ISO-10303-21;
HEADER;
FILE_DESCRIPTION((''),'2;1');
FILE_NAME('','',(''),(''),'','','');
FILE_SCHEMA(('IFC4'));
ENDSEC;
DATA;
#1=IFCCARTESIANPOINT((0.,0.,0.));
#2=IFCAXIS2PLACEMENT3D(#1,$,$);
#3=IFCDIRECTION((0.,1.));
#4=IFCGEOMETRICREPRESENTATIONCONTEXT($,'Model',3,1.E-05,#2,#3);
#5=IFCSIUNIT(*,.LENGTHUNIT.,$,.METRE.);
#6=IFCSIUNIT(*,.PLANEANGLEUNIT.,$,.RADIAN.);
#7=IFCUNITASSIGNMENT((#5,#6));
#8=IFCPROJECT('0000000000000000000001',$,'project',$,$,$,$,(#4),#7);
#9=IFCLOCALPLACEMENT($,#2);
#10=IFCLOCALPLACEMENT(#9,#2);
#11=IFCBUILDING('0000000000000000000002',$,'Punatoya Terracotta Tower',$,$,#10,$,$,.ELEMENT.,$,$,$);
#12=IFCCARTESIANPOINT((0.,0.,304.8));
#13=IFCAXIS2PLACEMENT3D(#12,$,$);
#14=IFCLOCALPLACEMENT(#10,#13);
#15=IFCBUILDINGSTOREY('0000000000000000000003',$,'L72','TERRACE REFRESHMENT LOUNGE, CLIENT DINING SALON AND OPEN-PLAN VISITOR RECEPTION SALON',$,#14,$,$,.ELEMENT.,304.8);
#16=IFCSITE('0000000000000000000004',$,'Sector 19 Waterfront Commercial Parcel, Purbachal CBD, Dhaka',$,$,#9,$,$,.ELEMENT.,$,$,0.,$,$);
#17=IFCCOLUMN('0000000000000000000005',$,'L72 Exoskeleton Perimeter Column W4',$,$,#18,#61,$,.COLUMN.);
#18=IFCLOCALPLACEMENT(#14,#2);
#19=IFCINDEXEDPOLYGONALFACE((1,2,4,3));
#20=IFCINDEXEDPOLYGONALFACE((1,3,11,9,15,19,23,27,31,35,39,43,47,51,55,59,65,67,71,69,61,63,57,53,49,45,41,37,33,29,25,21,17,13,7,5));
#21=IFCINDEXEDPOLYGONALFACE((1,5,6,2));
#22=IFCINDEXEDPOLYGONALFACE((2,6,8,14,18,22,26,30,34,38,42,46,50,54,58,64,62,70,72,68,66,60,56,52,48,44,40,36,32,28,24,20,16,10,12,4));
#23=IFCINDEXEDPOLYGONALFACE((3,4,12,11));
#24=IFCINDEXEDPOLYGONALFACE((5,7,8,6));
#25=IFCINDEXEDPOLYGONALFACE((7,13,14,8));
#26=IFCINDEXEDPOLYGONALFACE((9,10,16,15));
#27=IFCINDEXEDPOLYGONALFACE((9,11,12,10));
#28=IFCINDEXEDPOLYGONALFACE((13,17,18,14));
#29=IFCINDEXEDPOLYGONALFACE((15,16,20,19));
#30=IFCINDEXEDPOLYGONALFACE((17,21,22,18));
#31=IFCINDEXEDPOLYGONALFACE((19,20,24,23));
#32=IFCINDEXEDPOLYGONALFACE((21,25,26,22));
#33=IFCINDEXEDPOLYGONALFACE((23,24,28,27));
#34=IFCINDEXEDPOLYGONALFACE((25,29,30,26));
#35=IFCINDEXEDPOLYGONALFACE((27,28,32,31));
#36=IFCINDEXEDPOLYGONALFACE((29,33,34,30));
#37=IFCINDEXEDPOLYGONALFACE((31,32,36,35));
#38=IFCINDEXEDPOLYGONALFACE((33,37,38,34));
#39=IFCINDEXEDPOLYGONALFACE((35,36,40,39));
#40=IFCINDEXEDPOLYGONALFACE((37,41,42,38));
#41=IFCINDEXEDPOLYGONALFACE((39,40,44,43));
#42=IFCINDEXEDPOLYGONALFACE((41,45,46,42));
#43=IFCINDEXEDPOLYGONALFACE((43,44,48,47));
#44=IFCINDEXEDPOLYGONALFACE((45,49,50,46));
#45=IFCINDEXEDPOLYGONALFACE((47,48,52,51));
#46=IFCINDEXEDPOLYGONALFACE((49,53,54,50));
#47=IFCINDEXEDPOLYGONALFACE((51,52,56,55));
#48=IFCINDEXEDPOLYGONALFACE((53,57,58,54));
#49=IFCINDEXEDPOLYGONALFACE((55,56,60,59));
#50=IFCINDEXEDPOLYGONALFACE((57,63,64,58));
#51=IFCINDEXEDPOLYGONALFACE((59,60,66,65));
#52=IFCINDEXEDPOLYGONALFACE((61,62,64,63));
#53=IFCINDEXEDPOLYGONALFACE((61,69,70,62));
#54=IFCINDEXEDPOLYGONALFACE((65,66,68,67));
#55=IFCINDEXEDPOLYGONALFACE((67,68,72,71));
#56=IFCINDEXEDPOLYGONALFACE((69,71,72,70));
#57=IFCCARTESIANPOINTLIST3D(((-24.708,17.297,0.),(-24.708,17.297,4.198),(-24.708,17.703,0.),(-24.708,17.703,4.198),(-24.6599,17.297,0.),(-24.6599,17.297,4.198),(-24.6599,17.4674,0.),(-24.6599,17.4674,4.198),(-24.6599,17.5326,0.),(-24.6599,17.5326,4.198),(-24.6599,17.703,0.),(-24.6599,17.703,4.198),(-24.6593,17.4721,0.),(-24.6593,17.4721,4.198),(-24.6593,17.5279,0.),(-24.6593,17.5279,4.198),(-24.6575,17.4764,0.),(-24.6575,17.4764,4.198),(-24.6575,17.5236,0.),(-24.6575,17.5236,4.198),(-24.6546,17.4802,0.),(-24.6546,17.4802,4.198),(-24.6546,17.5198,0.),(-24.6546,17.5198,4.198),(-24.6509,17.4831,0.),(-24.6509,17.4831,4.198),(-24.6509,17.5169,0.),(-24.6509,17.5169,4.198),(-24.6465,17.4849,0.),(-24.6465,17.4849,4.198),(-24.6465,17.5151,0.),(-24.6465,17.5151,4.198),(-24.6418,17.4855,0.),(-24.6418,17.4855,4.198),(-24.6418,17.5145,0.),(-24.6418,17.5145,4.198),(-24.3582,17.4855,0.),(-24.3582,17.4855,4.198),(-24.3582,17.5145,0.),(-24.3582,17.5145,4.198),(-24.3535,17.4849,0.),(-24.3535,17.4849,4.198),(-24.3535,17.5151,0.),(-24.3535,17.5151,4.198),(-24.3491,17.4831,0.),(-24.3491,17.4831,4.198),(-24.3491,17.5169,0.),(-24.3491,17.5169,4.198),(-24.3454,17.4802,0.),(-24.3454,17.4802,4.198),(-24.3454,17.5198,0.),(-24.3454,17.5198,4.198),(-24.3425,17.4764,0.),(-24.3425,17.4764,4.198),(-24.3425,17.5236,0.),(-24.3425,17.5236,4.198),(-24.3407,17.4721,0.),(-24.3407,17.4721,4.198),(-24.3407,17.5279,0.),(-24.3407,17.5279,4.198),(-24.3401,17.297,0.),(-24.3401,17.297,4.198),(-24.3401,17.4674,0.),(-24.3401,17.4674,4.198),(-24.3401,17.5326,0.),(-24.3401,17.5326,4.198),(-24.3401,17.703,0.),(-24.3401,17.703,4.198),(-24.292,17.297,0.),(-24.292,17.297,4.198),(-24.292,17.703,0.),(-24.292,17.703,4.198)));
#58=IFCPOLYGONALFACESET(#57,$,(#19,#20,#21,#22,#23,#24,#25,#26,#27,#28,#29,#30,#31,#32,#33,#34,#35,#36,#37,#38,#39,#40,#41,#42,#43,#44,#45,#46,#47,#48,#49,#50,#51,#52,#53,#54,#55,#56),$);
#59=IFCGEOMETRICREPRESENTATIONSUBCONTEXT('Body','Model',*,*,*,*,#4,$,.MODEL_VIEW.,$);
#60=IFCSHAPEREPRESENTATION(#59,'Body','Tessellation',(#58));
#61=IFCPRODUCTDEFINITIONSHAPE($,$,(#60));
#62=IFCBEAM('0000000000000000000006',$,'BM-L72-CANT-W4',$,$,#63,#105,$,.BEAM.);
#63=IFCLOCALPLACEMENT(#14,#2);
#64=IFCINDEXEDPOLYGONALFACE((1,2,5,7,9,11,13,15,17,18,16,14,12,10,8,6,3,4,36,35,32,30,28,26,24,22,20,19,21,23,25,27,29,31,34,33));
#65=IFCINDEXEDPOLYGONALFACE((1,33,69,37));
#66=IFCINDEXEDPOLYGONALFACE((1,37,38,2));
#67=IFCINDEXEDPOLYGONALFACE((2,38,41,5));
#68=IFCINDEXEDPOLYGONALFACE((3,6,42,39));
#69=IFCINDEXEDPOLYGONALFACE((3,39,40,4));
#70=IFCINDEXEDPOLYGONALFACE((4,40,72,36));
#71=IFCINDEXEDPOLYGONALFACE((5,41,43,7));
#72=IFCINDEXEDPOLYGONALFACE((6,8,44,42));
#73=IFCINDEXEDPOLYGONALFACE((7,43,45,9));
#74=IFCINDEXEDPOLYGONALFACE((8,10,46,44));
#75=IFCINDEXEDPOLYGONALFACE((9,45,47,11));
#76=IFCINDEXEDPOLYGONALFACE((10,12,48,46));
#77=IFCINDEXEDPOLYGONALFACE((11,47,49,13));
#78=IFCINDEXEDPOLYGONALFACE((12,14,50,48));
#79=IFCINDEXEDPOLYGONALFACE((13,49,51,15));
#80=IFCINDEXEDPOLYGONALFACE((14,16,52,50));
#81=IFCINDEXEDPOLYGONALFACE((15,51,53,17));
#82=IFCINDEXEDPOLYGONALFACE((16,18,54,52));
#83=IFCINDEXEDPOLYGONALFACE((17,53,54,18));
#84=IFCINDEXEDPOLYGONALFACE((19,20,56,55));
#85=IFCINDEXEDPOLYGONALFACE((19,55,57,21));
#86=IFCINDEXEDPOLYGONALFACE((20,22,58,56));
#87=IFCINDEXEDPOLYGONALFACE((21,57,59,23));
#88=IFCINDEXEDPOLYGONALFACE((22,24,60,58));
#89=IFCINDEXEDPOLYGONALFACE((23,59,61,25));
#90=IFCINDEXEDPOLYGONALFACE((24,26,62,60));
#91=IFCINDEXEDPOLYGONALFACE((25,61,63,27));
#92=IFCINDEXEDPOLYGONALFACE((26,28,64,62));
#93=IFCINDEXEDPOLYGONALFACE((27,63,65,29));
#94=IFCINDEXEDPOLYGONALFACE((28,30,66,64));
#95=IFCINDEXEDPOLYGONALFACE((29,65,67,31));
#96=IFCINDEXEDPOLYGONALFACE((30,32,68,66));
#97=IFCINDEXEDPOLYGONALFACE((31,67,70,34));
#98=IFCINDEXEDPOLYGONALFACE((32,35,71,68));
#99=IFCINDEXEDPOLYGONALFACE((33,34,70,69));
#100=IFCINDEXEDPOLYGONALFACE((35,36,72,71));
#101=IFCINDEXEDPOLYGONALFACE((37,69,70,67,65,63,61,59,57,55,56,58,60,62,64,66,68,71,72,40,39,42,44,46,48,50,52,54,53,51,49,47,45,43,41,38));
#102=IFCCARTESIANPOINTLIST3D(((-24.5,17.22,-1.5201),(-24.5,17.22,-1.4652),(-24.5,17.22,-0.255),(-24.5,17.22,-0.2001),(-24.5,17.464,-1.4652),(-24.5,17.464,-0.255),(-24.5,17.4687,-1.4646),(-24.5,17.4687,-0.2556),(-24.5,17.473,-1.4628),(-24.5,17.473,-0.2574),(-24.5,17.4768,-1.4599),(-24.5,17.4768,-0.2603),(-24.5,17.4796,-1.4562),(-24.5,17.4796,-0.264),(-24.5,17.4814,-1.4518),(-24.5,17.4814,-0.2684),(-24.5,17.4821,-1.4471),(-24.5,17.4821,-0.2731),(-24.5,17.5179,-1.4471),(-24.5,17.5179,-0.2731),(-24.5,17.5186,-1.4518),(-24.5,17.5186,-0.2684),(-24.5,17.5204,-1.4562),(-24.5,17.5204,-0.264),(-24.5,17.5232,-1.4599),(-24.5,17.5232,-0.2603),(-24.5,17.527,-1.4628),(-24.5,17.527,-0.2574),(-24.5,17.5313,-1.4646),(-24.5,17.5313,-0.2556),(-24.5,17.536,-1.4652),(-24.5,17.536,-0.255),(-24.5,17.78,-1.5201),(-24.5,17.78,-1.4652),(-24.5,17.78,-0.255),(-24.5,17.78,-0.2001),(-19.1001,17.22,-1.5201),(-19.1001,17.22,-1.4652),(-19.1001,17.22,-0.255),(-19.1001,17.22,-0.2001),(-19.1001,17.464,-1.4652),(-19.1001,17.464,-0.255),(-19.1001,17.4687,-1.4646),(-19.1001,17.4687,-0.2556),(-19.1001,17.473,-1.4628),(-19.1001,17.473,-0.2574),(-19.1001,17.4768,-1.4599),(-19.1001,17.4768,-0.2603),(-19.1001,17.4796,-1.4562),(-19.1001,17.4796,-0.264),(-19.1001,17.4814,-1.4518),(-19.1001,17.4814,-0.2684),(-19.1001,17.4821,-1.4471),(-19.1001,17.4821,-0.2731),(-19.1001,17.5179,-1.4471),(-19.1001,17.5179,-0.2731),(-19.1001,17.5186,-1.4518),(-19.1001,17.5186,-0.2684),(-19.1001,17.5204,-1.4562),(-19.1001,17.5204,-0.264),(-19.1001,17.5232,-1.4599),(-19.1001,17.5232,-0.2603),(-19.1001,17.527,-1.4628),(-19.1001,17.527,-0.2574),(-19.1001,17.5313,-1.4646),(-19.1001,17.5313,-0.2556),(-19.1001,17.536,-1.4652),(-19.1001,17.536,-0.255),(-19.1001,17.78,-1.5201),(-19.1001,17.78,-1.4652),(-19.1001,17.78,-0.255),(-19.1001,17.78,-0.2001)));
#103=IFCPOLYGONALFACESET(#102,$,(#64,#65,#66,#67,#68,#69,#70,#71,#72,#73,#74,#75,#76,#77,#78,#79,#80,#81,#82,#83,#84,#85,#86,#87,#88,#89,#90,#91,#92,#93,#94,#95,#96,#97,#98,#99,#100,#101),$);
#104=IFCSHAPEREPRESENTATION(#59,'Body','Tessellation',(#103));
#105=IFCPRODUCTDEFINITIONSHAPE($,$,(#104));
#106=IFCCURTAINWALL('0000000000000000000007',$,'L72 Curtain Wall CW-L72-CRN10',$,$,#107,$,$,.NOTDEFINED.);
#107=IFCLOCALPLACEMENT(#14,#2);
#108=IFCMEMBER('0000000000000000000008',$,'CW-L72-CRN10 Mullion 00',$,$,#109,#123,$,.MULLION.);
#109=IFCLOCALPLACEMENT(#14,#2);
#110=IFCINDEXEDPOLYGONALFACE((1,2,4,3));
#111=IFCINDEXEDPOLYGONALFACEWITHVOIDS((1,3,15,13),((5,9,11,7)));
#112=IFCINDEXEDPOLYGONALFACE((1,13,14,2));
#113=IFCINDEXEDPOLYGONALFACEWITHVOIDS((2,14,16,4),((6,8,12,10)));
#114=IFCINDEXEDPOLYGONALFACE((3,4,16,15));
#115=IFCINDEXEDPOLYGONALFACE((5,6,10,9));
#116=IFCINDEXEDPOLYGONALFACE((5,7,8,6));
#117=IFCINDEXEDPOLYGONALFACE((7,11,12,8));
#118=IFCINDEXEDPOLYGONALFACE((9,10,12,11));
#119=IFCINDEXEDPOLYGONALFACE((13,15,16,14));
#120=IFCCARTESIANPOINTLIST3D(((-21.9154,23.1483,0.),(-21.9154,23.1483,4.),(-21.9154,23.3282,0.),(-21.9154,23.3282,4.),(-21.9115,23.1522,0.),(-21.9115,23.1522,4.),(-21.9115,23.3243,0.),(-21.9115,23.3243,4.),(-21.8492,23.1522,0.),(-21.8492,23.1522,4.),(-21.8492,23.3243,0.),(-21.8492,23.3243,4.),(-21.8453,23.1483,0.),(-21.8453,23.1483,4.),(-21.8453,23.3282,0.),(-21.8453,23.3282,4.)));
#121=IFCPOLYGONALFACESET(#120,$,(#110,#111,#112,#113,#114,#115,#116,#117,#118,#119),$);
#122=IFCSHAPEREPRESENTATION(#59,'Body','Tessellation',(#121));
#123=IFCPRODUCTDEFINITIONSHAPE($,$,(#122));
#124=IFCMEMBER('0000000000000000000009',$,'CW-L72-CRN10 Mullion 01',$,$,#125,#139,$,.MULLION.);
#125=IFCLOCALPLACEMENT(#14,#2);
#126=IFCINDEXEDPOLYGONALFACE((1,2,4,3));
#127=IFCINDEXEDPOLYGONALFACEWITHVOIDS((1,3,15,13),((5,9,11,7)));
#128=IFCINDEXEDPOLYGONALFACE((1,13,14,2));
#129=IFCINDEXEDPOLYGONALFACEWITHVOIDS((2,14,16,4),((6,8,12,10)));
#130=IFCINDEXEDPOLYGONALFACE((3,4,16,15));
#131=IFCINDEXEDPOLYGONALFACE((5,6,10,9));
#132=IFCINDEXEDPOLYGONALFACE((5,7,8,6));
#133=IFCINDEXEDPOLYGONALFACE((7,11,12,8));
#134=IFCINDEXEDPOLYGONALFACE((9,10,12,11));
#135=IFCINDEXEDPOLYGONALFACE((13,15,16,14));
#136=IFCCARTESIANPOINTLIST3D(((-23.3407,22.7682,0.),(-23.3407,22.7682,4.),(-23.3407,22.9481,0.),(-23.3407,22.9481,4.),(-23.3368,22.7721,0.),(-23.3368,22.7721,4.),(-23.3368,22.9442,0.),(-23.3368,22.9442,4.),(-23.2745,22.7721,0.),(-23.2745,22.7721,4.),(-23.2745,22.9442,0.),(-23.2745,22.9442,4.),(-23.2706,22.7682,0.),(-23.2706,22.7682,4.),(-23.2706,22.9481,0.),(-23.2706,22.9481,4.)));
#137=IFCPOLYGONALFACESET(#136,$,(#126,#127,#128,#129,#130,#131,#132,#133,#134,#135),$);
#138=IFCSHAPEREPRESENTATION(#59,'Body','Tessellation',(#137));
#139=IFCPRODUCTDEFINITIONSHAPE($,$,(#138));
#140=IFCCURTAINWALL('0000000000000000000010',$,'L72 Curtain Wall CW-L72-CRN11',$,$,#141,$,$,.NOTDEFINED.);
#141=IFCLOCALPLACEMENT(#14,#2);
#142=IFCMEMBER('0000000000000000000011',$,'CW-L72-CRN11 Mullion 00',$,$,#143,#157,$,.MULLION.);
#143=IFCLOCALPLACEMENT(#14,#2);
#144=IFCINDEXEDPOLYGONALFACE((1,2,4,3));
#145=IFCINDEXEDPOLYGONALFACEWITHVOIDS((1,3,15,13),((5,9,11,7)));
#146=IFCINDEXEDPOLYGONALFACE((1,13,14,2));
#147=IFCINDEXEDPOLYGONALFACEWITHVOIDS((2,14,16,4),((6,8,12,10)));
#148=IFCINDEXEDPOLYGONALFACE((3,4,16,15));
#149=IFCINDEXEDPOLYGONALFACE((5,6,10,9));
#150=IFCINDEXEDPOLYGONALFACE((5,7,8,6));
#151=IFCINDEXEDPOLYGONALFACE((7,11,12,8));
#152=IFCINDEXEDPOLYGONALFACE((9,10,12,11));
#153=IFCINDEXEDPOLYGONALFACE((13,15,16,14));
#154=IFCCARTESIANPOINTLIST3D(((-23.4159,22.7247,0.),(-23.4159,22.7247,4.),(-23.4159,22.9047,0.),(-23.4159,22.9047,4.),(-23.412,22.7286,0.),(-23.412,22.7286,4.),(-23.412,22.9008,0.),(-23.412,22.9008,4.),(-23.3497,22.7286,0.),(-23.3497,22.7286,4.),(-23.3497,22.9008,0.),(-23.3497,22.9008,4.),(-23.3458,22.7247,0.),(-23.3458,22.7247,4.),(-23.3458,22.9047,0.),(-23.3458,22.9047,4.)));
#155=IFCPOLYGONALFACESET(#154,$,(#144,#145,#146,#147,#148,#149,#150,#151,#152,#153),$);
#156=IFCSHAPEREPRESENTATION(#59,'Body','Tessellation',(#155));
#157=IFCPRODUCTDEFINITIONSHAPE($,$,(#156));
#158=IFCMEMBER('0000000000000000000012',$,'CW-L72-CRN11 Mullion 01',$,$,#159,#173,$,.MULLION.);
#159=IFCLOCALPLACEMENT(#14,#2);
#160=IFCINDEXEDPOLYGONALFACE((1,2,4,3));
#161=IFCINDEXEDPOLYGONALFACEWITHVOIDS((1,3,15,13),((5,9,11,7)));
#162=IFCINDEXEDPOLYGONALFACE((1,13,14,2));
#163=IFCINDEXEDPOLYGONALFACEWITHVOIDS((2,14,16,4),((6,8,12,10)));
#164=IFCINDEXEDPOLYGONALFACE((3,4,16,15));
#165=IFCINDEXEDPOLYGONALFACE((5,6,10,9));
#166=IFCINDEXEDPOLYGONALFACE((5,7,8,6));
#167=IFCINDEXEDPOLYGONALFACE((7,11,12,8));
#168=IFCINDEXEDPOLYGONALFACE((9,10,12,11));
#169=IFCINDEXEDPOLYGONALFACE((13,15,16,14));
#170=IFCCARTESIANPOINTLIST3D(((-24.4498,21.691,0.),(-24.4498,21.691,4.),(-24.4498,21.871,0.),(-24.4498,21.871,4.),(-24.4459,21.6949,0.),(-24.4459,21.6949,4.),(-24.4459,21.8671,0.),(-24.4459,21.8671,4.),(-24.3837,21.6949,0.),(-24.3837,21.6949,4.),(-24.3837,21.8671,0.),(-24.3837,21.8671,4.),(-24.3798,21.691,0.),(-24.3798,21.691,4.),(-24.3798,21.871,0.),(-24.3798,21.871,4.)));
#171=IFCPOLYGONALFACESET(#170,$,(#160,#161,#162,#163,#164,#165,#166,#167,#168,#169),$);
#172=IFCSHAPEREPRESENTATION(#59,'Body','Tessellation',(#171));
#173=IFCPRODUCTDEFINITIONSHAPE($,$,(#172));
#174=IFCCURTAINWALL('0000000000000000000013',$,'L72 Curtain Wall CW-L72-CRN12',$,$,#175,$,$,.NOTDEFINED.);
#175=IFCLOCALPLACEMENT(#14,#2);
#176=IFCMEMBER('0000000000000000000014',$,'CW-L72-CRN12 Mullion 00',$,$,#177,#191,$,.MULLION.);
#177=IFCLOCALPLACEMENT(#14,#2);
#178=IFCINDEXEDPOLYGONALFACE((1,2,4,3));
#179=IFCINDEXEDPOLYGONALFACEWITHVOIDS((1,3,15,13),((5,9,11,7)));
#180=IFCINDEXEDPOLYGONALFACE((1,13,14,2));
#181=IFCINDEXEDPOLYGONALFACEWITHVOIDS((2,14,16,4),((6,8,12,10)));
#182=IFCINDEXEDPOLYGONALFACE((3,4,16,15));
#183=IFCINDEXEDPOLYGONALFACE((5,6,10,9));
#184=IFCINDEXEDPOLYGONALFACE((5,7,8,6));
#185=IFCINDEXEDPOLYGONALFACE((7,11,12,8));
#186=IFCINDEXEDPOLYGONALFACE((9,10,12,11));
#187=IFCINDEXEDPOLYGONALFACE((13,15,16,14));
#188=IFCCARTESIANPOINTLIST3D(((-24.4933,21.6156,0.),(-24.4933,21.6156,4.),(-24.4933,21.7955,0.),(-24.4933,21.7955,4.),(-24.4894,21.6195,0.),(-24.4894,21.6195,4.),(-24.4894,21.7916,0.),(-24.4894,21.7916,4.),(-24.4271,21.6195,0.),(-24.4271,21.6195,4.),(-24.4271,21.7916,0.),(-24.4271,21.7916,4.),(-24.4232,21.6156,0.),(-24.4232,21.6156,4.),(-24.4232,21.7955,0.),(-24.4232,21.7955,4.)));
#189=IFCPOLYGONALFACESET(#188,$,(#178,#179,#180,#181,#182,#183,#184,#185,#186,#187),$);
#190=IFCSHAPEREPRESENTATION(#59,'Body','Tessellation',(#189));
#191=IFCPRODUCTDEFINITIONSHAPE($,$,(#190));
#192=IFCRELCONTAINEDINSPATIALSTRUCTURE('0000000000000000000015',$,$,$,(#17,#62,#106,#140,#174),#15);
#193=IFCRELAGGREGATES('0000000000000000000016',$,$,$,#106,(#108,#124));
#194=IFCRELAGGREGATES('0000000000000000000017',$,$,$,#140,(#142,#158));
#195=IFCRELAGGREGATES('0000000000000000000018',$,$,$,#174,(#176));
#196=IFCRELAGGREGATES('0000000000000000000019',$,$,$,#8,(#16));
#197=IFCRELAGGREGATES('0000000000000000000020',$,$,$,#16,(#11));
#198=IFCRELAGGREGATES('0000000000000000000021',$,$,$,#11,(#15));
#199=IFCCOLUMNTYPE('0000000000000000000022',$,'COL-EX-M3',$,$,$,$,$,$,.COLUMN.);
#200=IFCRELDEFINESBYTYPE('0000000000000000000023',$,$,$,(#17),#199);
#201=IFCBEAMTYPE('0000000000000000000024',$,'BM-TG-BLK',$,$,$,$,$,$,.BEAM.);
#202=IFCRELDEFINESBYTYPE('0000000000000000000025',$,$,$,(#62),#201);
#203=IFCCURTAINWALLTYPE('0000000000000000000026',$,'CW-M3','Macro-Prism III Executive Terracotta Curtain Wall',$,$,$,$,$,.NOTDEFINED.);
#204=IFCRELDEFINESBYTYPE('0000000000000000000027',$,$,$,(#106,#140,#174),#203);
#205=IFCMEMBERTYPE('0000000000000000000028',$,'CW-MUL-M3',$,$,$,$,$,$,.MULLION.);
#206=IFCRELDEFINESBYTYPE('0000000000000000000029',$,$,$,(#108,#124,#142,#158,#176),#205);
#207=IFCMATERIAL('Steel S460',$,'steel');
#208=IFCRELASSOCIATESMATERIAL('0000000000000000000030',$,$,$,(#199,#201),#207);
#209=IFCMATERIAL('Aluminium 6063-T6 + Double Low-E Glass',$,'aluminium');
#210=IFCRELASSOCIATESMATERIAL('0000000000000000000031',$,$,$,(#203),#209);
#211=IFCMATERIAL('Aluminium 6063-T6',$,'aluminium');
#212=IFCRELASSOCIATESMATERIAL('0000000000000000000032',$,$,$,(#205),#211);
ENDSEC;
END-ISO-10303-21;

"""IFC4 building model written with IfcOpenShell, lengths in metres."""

from ifc_helpers import new_model, si_unit, direction, frame, origin, origin_2d, place, context, subcontext, project, spatial, hollow_rectangle, i_section, extrude, material, material_profile, profile_set, type_object, element, aggregate, save


model = new_model("IFC4")

# Units and contexts
model_context = context("Model", 3, precision=1e-05, world=origin(), true_north=direction((0.0, 1.0)))
body_context = subcontext(model_context, "Body", "Model", "MODEL_VIEW")
ifc_project = project(units=[si_unit("LENGTHUNIT", "METRE"), si_unit("PLANEANGLEUNIT", "RADIAN")], contexts=[model_context])

# Site, building, storey
site_placement = place(None, origin())
site = spatial("IfcSite", under=ifc_project, at=site_placement, Name="Sector 19 Waterfront Commercial Parcel, Purbachal CBD, Dhaka", CompositionType="ELEMENT", RefElevation=0.0)
building_placement = place(site_placement, origin())
building = spatial("IfcBuilding", under=site, at=building_placement, Name="Punatoya Terracotta Tower", CompositionType="ELEMENT")
storey_placement = place(building_placement, frame((0.0, 0.0, 304.8)))
storey = spatial("IfcBuildingStorey", under=building, at=storey_placement, Name="L72", Description="TERRACE REFRESHMENT LOUNGE, CLIENT DINING SALON AND OPEN-PLAN VISITOR RECEPTION SALON", CompositionType="ELEMENT", Elevation=304.8)

# Column
ifc_material_1 = material(Name="Steel S460", Category="steel")
ifc_material_profile_1 = material_profile(ifc_material_1, i_section(OverallWidth=0.406, OverallDepth=0.416, WebThickness=0.0291, FlangeThickness=0.0481, FilletRadius=0.0181, at=origin_2d()))
ifc_profile_set_1 = profile_set([ifc_material_profile_1], Name="Steel S460")
column_type = type_object("IfcColumnType", Name="COL-EX-M3", PredefinedType="COLUMN", material=ifc_profile_set_1)
column_placement = place(storey_placement, frame((-24.5, 17.5, 0.0), z_axis=(0.0, 0.0, 1.0), x_axis=(0.0, 1.0, 0.0)))
element("IfcColumn", 1, at=column_placement, inside=storey, type_object=column_type, Name="L72 Exoskeleton Perimeter Column W4", PredefinedType="COLUMN", context=body_context, shape_type="SweptSolid", body=[
    extrude(i_section(OverallWidth=0.406, OverallDepth=0.416, WebThickness=0.0291, FlangeThickness=0.0481, FilletRadius=0.0181, at=origin_2d()), origin(), (0.0, 0.0, 1.0), 4.198),
])

# Beam
ifc_material_profile_2 = material_profile(ifc_material_1, i_section(OverallWidth=0.5601, OverallDepth=1.3201, WebThickness=0.0359, FlangeThickness=0.0549, FilletRadius=0.0181, at=origin_2d()))
ifc_profile_set_2 = profile_set([ifc_material_profile_2], Name="Steel S460")
beam_type = type_object("IfcBeamType", Name="BM-TG-BLK", PredefinedType="BEAM", material=ifc_profile_set_2)
beam_placement = place(storey_placement, frame((-24.5, 17.5, -0.8601), z_axis=(1.0, 0.0, 0.0), x_axis=(0.0, 1.0, 0.0)))
element("IfcBeam", 2, at=beam_placement, inside=storey, type_object=beam_type, Name="BM-L72-CANT-W4", PredefinedType="BEAM", context=body_context, shape_type="SweptSolid", body=[
    extrude(i_section(OverallWidth=0.5601, OverallDepth=1.3201, WebThickness=0.0359, FlangeThickness=0.0549, FilletRadius=0.0181, at=origin_2d()), origin(), (0.0, 0.0, 1.0), 5.3999),
])

# Curtain walls, members
ifc_material_2 = material(Name="Aluminium 6063-T6 + Double Low-E Glass", Category="aluminium")
curtain_wall_type = type_object("IfcCurtainWallType", Name="CW-M3", Description="Macro-Prism III Executive Terracotta Curtain Wall", PredefinedType="NOTDEFINED", material=ifc_material_2)
curtain_wall_1_placement = place(storey_placement, origin())
curtain_wall_1 = element("IfcCurtainWall", 3, at=curtain_wall_1_placement, inside=storey, type_object=curtain_wall_type, Name="L72 Curtain Wall CW-L72-CRN10", PredefinedType="NOTDEFINED")
ifc_material_3 = material(Name="Aluminium 6063-T6", Category="aluminium")
ifc_material_profile_3 = material_profile(ifc_material_3, hollow_rectangle(XDim=0.0701, YDim=0.1799, WallThickness=0.0039, at=origin_2d()))
ifc_profile_set_3 = profile_set([ifc_material_profile_3], Name="Aluminium 6063-T6")
member_type_1 = type_object("IfcMemberType", Name="CW-MUL-M3", PredefinedType="MULLION", material=ifc_profile_set_3)
member_1_placement = place(storey_placement, frame((-21.8804, 23.2383, 0.0), z_axis=(0.0, 0.0, 1.0), x_axis=(1.0, 0.0, 0.0)))
member_1 = element("IfcMember", 4, at=member_1_placement, type_object=member_type_1, Name="CW-L72-CRN10 Mullion 00", PredefinedType="MULLION", context=body_context, shape_type="SweptSolid", body=[
    extrude(hollow_rectangle(XDim=0.0701, YDim=0.1799, WallThickness=0.0039, at=origin_2d()), origin(), (0.0, 0.0, 1.0), 4.0),
])
member_2_placement = place(storey_placement, frame((-23.3057, 22.8582, 0.0), z_axis=(0.0, 0.0, 1.0), x_axis=(1.0, 0.0, 0.0)))
member_2 = element("IfcMember", 5, at=member_2_placement, type_object=member_type_1, Name="CW-L72-CRN10 Mullion 01", PredefinedType="MULLION", context=body_context, shape_type="SweptSolid", body=[
    extrude(hollow_rectangle(XDim=0.0701, YDim=0.1799, WallThickness=0.0039, at=origin_2d()), origin(), (0.0, 0.0, 1.0), 4.0),
])
curtain_wall_2_placement = place(storey_placement, origin())
curtain_wall_2 = element("IfcCurtainWall", 6, at=curtain_wall_2_placement, inside=storey, type_object=curtain_wall_type, Name="L72 Curtain Wall CW-L72-CRN11", PredefinedType="NOTDEFINED")
member_3_placement = place(storey_placement, frame((-23.3809, 22.8147, 0.0), z_axis=(0.0, 0.0, 1.0), x_axis=(1.0, 0.0, 0.0)))
member_3 = element("IfcMember", 7, at=member_3_placement, type_object=member_type_1, Name="CW-L72-CRN11 Mullion 00", PredefinedType="MULLION", context=body_context, shape_type="SweptSolid", body=[
    extrude(hollow_rectangle(XDim=0.0701, YDim=0.1799, WallThickness=0.0039, at=origin_2d()), origin(), (0.0, 0.0, 1.0), 4.0),
])
member_4_placement = place(storey_placement, frame((-24.4148, 21.781, 0.0), z_axis=(0.0, 0.0, 1.0), x_axis=(1.0, 0.0, 0.0)))
member_4 = element("IfcMember", 8, at=member_4_placement, type_object=member_type_1, Name="CW-L72-CRN11 Mullion 01", PredefinedType="MULLION", context=body_context, shape_type="SweptSolid", body=[
    extrude(hollow_rectangle(XDim=0.0701, YDim=0.1799, WallThickness=0.0039, at=origin_2d()), origin(), (0.0, 0.0, 1.0), 4.0),
])
curtain_wall_3_placement = place(storey_placement, origin())
curtain_wall_3 = element("IfcCurtainWall", 9, at=curtain_wall_3_placement, inside=storey, type_object=curtain_wall_type, Name="L72 Curtain Wall CW-L72-CRN12", PredefinedType="NOTDEFINED")
member_5_placement = place(storey_placement, frame((-24.4583, 21.7056, 0.0), z_axis=(0.0, 0.0, 1.0), x_axis=(1.0, 0.0, 0.0)))
member_5 = element("IfcMember", 10, at=member_5_placement, type_object=member_type_1, Name="CW-L72-CRN12 Mullion 00", PredefinedType="MULLION", context=body_context, shape_type="SweptSolid", body=[
    extrude(hollow_rectangle(XDim=0.0701, YDim=0.1799, WallThickness=0.0039, at=origin_2d()), origin(), (0.0, 0.0, 1.0), 4.0),
])

aggregate(curtain_wall_1, [member_1, member_2])
aggregate(curtain_wall_2, [member_3, member_4])
aggregate(curtain_wall_3, [member_5])

save(model, "model.ifc")
